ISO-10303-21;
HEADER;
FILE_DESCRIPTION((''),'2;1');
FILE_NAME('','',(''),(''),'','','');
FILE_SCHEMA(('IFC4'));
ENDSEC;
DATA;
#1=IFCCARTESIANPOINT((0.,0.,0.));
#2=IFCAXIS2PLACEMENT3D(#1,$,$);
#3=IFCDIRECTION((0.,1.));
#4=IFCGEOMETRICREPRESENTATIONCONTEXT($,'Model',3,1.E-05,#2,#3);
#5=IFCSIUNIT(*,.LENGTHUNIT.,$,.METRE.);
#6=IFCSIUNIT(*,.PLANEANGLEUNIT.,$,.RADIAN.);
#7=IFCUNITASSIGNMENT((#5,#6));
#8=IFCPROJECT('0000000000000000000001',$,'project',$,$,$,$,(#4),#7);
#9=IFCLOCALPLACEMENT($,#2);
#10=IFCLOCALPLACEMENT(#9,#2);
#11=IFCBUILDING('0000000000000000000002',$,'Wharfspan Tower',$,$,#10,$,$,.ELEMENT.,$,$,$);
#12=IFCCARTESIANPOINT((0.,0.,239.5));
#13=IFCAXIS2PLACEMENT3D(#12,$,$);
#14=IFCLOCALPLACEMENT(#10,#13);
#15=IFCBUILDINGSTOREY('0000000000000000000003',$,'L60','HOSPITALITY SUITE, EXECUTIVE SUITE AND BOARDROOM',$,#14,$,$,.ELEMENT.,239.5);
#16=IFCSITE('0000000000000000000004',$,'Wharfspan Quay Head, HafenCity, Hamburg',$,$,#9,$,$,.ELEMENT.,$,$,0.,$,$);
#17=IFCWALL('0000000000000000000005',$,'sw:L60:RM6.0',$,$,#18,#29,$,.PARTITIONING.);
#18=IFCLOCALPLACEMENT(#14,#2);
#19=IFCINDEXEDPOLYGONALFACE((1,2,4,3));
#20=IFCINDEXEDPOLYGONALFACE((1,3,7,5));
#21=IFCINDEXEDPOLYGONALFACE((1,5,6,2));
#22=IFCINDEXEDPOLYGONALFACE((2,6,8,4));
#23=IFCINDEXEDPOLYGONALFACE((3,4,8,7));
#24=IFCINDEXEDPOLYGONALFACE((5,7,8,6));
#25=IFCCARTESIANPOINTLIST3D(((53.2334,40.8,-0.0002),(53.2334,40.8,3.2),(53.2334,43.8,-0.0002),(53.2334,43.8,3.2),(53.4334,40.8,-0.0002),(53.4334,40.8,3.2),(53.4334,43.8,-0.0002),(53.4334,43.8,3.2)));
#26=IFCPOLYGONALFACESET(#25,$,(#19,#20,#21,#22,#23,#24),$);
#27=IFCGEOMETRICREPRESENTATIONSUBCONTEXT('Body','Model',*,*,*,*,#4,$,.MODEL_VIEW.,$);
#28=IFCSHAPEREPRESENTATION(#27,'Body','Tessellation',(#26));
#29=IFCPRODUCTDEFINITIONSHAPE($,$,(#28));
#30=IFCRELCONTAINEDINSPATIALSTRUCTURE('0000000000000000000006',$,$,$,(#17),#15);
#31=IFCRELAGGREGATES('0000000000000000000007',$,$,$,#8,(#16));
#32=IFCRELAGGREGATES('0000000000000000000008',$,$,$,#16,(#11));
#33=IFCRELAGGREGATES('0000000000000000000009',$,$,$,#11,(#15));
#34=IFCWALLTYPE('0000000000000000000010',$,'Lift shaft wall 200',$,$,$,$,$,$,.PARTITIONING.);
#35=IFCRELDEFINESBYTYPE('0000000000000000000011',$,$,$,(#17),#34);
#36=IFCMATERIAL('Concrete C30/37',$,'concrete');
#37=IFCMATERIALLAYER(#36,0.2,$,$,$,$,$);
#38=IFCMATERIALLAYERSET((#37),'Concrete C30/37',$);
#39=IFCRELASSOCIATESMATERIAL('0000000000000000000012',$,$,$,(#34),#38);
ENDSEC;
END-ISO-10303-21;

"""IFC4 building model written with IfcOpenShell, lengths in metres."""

from ifc_helpers import new_model, si_unit, direction, frame, origin, place, context, subcontext, project, spatial, polyline, outline, extrude, material, layer, layer_set, type_object, element, save


model = new_model("IFC4")

# Units and contexts
model_context = context("Model", 3, precision=1e-05, world=origin(), true_north=direction((0.0, 1.0)))
body_context = subcontext(model_context, "Body", "Model", "MODEL_VIEW")
ifc_project = project(units=[si_unit("LENGTHUNIT", "METRE"), si_unit("PLANEANGLEUNIT", "RADIAN")], contexts=[model_context])

# Site, building, storey
site_placement = place(None, origin())
site = spatial("IfcSite", under=ifc_project, at=site_placement, Name="Wharfspan Quay Head, HafenCity, Hamburg", CompositionType="ELEMENT", RefElevation=0.0)
building_placement = place(site_placement, origin())
building = spatial("IfcBuilding", under=site, at=building_placement, Name="Wharfspan Tower", CompositionType="ELEMENT")
storey_placement = place(building_placement, frame((0.0, 0.0, 239.5)))
storey = spatial("IfcBuildingStorey", under=building, at=storey_placement, Name="L60", Description="HOSPITALITY SUITE, EXECUTIVE SUITE AND BOARDROOM", CompositionType="ELEMENT", Elevation=239.5)

# Wall
ifc_material_1 = material(Name="Concrete C30/37", Category="concrete")
ifc_layer_1 = layer(ifc_material_1, 0.2)
ifc_layer_set_1 = layer_set([ifc_layer_1], Name="Concrete C30/37")
wall_type_1 = type_object("IfcWallType", Name="Lift shaft wall 200", PredefinedType="PARTITIONING", material=ifc_layer_set_1)
wall_1_placement = place(storey_placement, frame((0.0, 0.0, -0.0002)))
element("IfcWall", 1, at=wall_1_placement, inside=storey, type_object=wall_type_1, Name="sw:L60:RM6.0", PredefinedType="PARTITIONING", context=body_context, shape_type="SweptSolid", body=[
    extrude(outline(polyline([(53.4333, 40.8), (53.4333, 43.8), (53.2334, 43.8), (53.2334, 40.8), (53.4333, 40.8)])), origin(), (0.0, 0.0, 1.0), 3.2002),
])

save(model, "model.ifc")
